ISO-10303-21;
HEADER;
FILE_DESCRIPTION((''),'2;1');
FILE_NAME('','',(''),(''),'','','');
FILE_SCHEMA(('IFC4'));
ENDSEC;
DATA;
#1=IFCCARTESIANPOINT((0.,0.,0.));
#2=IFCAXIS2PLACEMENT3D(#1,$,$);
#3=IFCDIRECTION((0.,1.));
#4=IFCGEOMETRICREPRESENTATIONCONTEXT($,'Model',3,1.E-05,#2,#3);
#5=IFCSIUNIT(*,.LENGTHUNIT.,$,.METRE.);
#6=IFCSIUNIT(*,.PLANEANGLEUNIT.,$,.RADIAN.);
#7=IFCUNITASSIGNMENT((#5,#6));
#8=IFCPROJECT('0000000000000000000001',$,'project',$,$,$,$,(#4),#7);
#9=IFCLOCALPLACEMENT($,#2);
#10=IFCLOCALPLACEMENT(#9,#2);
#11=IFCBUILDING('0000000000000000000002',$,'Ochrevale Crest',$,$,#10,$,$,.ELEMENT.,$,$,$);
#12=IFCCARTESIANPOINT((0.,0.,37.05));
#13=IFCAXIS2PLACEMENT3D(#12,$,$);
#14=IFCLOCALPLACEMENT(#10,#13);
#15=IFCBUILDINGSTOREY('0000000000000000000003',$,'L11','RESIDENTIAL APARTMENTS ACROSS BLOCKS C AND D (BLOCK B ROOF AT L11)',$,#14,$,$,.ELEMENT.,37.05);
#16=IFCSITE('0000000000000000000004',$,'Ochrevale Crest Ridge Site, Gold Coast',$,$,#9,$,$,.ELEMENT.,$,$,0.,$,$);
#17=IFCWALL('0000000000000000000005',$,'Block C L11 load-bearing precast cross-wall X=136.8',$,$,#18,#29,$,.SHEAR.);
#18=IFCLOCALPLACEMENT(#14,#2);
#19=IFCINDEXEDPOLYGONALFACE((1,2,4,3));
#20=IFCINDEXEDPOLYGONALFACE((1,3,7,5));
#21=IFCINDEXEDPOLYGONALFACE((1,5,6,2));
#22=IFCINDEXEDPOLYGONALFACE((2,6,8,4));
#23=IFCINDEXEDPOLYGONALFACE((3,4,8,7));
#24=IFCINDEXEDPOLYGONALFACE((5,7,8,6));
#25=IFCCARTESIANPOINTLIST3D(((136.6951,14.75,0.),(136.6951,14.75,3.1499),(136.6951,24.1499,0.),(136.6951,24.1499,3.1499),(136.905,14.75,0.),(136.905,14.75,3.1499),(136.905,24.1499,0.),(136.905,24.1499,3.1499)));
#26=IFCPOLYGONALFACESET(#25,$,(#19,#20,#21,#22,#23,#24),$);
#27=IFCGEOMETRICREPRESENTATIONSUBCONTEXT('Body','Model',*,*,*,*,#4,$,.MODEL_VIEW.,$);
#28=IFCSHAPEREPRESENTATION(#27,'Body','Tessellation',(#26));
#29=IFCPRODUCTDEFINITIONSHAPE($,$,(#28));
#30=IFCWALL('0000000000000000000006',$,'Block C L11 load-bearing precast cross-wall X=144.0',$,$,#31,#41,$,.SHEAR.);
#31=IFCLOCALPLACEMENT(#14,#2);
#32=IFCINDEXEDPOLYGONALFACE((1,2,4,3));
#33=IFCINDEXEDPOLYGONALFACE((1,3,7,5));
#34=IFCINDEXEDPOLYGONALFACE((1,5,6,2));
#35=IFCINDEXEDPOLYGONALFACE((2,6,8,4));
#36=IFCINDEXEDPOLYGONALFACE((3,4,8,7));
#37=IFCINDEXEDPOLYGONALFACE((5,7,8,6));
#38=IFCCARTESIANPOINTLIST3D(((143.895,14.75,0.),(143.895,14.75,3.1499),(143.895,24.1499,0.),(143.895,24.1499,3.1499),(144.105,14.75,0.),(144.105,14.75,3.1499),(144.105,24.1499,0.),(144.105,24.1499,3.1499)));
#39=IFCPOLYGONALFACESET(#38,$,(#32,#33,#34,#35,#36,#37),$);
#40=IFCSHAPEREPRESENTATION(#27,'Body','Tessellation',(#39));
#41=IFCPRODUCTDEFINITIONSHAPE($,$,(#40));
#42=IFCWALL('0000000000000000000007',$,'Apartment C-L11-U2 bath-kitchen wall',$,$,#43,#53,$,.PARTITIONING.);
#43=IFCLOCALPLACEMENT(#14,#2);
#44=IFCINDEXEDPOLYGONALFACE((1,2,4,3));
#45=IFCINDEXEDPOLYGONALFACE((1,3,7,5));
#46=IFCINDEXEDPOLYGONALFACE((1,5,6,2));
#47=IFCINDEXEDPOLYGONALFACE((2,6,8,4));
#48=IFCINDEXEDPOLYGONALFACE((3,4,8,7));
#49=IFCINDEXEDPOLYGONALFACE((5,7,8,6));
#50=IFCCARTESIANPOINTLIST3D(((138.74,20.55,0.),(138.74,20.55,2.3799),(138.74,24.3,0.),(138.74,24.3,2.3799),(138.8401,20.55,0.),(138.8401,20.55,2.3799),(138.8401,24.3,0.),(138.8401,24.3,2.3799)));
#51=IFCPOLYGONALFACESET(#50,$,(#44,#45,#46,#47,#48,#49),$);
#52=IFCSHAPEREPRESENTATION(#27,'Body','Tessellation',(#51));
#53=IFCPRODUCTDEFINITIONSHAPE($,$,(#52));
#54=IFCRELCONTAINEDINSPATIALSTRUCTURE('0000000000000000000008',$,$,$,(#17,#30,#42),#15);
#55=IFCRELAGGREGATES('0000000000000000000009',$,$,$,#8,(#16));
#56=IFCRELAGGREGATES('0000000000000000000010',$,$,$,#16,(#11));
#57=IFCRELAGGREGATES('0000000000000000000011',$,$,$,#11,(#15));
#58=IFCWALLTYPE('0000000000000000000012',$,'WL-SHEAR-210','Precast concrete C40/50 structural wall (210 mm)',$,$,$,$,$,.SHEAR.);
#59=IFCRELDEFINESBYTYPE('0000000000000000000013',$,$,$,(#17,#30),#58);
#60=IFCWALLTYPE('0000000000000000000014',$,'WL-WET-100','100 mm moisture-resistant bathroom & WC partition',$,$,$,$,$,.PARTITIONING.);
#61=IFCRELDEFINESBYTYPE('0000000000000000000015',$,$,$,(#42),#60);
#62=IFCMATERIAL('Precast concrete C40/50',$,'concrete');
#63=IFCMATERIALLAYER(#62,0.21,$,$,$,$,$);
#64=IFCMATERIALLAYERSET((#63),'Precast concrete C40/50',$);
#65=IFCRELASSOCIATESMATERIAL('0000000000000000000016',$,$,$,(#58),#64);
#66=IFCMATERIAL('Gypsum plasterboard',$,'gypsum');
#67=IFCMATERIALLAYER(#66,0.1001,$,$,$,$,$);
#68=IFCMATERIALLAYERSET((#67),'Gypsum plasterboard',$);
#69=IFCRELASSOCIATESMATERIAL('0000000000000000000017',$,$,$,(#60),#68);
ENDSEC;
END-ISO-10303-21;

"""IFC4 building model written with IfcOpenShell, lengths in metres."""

from ifc_helpers import new_model, si_unit, direction, frame, frame_2d, origin, place, context, subcontext, project, spatial, rectangle, extrude, material, layer, layer_set, type_object, element, save


model = new_model("IFC4")

# Units and contexts
model_context = context("Model", 3, precision=1e-05, world=origin(), true_north=direction((0.0, 1.0)))
body_context = subcontext(model_context, "Body", "Model", "MODEL_VIEW")
ifc_project = project(units=[si_unit("LENGTHUNIT", "METRE"), si_unit("PLANEANGLEUNIT", "RADIAN")], contexts=[model_context])

# Site, building, storey
site_placement = place(None, origin())
site = spatial("IfcSite", under=ifc_project, at=site_placement, Name="Ochrevale Crest Ridge Site, Gold Coast", CompositionType="ELEMENT", RefElevation=0.0)
building_placement = place(site_placement, origin())
building = spatial("IfcBuilding", under=site, at=building_placement, Name="Ochrevale Crest", CompositionType="ELEMENT")
storey_placement = place(building_placement, frame((0.0, 0.0, 37.05)))
storey = spatial("IfcBuildingStorey", under=building, at=storey_placement, Name="L11", Description="RESIDENTIAL APARTMENTS ACROSS BLOCKS C AND D (BLOCK B ROOF AT L11)", CompositionType="ELEMENT", Elevation=37.05)

# Shared definitions
ifc_material_1 = material(Name="Precast concrete C40/50", Category="concrete")

# Shared definitions
ifc_material_2 = material(Name="Gypsum plasterboard", Category="gypsum")

# Walls
ifc_layer_1 = layer(ifc_material_1, 0.21)
ifc_layer_set_1 = layer_set([ifc_layer_1], Name="Precast concrete C40/50")
wall_type_1 = type_object("IfcWallType", Name="WL-SHEAR-210", Description="Precast concrete C40/50 structural wall (210 mm)", PredefinedType="SHEAR", material=ifc_layer_set_1)
for number, where, z_axis, x_axis, name in (
    (1, (136.8, 14.75, 0.0), (0.0, 0.0, 1.0), (0.0, 1.0, 0.0), "Block C L11 load-bearing precast cross-wall X=136.8"),
    (2, (144.0, 14.75, 0.0), (0.0, 0.0, 1.0), (0.0, 1.0, 0.0), "Block C L11 load-bearing precast cross-wall X=144.0"),
):
    element("IfcWall", number, at=place(storey_placement, frame(where, z_axis=z_axis, x_axis=x_axis)), inside=storey, type_object=wall_type_1, Name=name, PredefinedType="SHEAR", context=body_context, shape_type="SweptSolid", body=[
        extrude(rectangle(XDim=9.3999, YDim=0.21, at=frame_2d((4.7, 0.0))), origin(), (0.0, 0.0, 1.0), 3.1499),
    ])
ifc_layer_2 = layer(ifc_material_2, 0.1001)
ifc_layer_set_2 = layer_set([ifc_layer_2], Name="Gypsum plasterboard")
wall_type_2 = type_object("IfcWallType", Name="WL-WET-100", Description="100 mm moisture-resistant bathroom & WC partition", PredefinedType="PARTITIONING", material=ifc_layer_set_2)
wall_1_placement = place(storey_placement, frame((138.79, 20.55, 0.0), z_axis=(0.0, 0.0, 1.0), x_axis=(0.0, 1.0, 0.0)))
element("IfcWall", 3, at=wall_1_placement, inside=storey, type_object=wall_type_2, Name="Apartment C-L11-U2 bath-kitchen wall", PredefinedType="PARTITIONING", context=body_context, shape_type="SweptSolid", body=[
    extrude(rectangle(XDim=3.75, YDim=0.1001, at=frame_2d((1.875, 0.0))), origin(), (0.0, 0.0, 1.0), 2.3799),
])

save(model, "model.ifc")
